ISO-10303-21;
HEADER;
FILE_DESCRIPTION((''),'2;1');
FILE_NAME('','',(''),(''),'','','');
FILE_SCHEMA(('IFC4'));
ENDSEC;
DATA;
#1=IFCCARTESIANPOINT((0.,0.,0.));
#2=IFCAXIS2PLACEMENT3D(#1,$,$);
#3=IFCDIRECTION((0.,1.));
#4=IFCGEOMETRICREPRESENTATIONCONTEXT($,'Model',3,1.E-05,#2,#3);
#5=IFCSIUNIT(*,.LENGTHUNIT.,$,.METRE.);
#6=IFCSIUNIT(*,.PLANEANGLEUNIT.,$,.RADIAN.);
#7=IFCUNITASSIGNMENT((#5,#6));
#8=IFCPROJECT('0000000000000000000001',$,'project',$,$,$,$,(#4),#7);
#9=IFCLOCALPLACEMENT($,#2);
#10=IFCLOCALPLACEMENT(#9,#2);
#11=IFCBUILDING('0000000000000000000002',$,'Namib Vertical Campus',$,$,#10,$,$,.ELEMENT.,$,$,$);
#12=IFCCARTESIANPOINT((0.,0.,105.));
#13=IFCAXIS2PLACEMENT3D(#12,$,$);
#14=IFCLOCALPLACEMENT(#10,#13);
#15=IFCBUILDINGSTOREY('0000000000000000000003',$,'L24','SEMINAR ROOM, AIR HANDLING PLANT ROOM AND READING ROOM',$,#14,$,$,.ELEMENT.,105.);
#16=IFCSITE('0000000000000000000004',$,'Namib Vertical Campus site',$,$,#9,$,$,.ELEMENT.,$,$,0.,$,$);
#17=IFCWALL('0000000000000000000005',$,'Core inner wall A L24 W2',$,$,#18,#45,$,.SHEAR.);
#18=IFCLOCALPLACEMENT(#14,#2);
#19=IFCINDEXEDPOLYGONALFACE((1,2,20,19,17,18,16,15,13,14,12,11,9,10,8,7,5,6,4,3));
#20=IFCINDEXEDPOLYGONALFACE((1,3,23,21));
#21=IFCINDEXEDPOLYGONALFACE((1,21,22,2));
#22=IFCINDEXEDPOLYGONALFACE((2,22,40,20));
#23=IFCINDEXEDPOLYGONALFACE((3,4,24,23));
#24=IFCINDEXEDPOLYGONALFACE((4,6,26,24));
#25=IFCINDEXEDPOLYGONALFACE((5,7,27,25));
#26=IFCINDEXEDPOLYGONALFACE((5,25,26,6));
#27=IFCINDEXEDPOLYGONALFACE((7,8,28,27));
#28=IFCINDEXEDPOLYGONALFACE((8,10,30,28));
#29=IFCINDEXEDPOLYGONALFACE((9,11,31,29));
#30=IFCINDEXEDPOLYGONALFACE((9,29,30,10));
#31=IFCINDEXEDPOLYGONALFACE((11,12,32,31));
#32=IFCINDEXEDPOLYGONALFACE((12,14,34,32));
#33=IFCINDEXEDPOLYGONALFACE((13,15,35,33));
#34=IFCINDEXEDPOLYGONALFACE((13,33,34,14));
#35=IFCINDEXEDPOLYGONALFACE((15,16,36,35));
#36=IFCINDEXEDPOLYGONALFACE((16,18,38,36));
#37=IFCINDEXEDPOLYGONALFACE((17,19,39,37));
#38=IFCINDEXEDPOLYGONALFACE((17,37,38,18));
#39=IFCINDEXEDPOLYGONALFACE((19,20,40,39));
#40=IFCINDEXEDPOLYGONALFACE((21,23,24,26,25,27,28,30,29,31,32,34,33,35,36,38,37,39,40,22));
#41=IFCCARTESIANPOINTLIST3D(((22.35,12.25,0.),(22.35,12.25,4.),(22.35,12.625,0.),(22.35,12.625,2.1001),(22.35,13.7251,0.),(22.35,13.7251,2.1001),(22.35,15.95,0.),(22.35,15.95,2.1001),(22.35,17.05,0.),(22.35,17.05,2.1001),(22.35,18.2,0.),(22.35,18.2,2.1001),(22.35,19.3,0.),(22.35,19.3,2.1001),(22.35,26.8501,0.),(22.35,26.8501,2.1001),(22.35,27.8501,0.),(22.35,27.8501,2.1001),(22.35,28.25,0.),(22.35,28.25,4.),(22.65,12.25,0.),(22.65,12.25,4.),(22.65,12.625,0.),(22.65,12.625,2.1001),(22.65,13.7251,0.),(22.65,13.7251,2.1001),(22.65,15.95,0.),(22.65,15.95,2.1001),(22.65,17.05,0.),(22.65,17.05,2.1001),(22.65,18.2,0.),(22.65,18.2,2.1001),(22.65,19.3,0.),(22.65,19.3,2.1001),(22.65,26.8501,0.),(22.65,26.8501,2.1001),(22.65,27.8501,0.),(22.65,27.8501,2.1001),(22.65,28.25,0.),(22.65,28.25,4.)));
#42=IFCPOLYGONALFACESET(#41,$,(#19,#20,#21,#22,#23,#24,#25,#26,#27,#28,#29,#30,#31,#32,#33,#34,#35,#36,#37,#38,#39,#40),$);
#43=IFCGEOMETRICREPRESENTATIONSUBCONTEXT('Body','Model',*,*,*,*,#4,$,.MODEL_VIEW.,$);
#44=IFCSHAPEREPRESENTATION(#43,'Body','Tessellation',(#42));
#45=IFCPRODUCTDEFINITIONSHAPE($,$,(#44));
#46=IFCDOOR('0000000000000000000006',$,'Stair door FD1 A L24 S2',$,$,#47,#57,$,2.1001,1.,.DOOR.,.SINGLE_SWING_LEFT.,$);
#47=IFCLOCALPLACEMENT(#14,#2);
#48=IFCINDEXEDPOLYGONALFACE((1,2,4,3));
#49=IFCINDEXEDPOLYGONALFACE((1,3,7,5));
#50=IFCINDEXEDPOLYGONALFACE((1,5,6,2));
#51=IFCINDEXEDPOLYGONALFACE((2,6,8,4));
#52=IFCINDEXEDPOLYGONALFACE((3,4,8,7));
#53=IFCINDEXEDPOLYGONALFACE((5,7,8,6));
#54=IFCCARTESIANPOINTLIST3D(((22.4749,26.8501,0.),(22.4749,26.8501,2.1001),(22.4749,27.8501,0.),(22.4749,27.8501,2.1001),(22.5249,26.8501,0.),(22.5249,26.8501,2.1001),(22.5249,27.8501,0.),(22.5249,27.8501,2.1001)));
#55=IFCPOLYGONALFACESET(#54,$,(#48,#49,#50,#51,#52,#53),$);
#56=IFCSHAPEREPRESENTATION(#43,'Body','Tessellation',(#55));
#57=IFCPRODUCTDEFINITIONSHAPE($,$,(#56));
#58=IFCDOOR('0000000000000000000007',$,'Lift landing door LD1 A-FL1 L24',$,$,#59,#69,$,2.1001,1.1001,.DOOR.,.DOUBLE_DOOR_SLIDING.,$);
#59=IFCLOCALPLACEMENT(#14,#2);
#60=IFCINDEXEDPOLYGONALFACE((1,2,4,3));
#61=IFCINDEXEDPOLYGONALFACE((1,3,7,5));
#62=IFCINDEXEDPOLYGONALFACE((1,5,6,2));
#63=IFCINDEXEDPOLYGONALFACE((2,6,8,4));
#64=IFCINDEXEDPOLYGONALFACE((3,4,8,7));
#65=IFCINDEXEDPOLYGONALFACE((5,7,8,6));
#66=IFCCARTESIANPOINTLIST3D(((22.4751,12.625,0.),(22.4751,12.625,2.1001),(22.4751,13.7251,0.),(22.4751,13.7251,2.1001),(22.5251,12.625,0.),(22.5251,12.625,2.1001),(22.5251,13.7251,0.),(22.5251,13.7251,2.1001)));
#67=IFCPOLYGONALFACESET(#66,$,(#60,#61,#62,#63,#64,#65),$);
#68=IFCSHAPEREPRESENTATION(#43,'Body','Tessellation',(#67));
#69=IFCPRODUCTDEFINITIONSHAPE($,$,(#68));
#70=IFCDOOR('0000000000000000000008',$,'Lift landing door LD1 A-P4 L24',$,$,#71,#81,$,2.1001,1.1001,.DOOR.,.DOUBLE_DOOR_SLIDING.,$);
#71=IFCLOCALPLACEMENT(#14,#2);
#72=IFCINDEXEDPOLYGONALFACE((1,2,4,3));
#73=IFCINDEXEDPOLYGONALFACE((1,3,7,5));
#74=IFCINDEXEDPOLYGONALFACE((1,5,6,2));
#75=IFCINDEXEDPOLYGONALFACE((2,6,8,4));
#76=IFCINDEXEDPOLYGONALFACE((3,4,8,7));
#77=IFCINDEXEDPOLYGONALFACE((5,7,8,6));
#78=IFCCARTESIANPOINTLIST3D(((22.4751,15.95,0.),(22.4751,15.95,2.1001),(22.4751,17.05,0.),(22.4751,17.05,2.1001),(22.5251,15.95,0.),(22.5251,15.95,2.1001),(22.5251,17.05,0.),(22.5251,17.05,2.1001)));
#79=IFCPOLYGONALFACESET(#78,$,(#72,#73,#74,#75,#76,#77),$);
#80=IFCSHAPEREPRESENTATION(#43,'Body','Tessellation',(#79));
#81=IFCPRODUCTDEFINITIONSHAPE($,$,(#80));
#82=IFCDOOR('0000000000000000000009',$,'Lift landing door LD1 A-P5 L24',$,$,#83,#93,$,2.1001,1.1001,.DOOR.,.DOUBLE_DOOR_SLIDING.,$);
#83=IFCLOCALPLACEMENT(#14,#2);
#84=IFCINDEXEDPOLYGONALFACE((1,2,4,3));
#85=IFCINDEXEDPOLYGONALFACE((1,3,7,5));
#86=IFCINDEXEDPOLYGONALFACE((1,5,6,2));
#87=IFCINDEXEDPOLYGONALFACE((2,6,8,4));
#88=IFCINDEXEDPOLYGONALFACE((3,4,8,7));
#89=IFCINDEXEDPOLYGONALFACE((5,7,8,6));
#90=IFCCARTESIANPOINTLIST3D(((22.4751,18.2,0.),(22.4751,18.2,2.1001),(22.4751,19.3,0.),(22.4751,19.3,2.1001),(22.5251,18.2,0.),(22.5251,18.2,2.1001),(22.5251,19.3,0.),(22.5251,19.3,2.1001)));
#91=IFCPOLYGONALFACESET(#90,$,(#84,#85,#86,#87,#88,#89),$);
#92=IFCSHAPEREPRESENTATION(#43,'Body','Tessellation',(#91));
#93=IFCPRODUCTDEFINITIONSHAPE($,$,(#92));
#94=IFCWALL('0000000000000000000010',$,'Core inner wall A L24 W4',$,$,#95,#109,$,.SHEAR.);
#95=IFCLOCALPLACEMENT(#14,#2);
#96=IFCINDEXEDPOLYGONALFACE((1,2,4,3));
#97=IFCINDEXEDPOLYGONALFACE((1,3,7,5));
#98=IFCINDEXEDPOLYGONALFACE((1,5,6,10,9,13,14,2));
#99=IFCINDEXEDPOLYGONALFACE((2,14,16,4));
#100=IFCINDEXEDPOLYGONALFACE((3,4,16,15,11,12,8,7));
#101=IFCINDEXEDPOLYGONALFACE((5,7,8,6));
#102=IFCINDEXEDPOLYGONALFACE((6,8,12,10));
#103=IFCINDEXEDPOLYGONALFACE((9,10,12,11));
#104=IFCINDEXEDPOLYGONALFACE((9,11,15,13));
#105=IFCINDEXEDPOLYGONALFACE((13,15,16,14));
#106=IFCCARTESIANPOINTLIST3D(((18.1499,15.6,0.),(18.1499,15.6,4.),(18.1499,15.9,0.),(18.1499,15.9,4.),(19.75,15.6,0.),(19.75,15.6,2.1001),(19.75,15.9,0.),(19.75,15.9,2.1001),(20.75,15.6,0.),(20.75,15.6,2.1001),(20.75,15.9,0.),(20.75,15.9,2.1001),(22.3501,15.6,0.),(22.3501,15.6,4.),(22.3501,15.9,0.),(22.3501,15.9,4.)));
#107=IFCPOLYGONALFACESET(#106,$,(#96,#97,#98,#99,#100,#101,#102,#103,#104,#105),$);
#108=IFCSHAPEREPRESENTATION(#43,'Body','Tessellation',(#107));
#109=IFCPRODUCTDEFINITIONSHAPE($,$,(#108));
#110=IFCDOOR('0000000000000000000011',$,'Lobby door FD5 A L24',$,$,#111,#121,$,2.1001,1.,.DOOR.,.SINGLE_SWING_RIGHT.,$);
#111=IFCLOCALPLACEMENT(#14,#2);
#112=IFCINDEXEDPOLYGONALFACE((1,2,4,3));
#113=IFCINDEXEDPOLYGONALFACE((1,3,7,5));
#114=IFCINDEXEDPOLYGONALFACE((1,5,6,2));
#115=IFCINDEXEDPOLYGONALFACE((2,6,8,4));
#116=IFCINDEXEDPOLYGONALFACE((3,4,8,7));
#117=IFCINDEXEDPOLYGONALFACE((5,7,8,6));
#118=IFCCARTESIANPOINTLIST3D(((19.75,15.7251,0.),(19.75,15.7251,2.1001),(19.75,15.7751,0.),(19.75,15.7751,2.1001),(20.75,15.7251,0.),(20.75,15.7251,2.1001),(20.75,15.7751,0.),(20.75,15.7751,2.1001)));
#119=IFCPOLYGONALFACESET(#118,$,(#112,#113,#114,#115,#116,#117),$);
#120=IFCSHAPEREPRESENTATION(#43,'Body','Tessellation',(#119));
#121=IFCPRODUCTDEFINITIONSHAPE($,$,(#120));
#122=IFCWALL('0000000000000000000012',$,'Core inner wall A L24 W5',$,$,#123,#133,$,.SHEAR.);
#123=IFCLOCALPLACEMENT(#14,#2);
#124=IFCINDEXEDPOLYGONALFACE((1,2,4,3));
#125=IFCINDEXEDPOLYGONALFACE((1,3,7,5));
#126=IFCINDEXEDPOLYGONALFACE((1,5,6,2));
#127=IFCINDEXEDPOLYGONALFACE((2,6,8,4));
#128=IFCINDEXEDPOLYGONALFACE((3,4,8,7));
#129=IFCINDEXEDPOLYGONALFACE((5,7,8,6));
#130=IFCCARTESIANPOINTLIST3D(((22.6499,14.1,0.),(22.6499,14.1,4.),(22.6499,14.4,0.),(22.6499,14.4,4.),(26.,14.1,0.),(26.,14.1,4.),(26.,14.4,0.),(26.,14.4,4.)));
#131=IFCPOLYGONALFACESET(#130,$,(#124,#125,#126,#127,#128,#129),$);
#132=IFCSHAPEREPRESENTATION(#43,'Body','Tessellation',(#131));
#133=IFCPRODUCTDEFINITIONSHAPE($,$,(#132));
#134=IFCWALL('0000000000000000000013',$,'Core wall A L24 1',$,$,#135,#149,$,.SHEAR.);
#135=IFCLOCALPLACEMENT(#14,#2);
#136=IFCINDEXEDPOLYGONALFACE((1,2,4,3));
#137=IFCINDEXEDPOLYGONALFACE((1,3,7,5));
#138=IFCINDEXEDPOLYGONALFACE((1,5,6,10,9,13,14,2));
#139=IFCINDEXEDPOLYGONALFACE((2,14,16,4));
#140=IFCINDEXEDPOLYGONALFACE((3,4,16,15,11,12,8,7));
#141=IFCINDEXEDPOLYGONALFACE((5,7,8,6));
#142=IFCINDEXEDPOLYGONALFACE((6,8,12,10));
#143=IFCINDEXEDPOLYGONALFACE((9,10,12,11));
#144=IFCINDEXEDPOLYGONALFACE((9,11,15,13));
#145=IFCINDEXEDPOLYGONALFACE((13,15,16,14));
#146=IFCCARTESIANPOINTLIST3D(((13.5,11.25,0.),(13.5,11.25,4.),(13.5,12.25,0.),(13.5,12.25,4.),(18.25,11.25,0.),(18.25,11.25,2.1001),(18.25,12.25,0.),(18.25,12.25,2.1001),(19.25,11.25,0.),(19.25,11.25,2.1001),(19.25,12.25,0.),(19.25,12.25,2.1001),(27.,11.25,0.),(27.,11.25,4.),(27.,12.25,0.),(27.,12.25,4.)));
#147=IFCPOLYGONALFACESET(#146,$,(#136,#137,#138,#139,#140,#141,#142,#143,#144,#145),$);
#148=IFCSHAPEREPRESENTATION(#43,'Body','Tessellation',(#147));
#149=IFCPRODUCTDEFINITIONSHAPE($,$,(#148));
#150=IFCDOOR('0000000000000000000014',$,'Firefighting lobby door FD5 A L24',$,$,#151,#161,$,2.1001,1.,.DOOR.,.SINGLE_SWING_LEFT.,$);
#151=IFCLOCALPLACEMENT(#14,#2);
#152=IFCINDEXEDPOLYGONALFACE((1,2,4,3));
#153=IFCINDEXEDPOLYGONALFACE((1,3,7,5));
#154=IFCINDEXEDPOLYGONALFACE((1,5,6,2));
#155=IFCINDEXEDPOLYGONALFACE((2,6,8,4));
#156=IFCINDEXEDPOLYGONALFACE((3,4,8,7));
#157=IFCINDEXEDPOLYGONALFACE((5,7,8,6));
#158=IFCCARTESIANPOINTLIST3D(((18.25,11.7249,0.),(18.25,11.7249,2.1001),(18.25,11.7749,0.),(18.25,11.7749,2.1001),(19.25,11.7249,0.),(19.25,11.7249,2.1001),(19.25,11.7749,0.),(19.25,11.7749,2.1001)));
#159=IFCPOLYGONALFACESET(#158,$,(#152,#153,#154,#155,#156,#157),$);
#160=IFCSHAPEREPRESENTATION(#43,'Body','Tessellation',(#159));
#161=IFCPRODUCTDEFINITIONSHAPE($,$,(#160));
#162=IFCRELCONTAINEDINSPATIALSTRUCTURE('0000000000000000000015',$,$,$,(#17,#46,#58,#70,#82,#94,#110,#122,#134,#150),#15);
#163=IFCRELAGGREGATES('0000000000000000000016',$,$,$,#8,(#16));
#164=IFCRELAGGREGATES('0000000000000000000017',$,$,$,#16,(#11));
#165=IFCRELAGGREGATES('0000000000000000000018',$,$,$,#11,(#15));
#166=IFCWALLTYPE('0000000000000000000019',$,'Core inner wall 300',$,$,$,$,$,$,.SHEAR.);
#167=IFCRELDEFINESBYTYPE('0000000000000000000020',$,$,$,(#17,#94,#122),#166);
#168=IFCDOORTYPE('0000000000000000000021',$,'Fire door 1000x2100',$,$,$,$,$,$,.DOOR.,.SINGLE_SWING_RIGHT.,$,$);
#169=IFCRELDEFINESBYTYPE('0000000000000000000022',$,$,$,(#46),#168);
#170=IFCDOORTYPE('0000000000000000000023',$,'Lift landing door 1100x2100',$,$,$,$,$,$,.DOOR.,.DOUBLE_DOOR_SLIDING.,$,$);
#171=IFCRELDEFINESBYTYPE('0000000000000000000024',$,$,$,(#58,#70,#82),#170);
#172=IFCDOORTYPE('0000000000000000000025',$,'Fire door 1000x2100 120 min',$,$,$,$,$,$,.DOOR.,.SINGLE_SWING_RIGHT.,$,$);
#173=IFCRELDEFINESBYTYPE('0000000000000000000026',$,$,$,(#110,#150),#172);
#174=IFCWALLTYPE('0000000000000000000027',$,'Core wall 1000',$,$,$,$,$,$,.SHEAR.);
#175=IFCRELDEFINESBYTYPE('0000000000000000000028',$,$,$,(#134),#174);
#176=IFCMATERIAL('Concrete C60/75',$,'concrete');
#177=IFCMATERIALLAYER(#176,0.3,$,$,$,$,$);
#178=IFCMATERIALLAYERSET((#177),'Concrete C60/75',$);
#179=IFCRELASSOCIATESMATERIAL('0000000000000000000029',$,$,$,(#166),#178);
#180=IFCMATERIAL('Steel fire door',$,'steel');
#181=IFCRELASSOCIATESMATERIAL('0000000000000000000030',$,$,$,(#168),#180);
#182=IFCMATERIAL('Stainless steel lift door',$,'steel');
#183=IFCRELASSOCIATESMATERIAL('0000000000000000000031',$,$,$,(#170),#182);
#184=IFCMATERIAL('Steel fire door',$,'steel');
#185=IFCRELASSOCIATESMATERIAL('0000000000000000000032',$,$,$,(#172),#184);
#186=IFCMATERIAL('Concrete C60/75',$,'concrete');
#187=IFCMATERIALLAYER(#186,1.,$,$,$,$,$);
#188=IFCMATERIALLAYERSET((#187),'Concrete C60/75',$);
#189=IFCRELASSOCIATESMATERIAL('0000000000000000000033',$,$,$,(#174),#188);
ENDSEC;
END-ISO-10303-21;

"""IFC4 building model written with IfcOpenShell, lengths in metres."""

from ifc_helpers import new_model, si_unit, direction, frame, frame_2d, origin, place, context, subcontext, project, spatial, rectangle, extrude, material, layer, layer_set, type_object, element, fill, save


model = new_model("IFC4")

# Units and contexts
model_context = context("Model", 3, precision=1e-05, world=origin(), true_north=direction((0.0, 1.0)))
body_context = subcontext(model_context, "Body", "Model", "MODEL_VIEW")
ifc_project = project(units=[si_unit("LENGTHUNIT", "METRE"), si_unit("PLANEANGLEUNIT", "RADIAN")], contexts=[model_context])

# Site, building, storey
site_placement = place(None, origin())
site = spatial("IfcSite", under=ifc_project, at=site_placement, Name="Namib Vertical Campus site", CompositionType="ELEMENT", RefElevation=0.0)
building_placement = place(site_placement, origin())
building = spatial("IfcBuilding", under=site, at=building_placement, Name="Namib Vertical Campus", CompositionType="ELEMENT")
storey_placement = place(building_placement, frame((0.0, 0.0, 105.0)))
storey = spatial("IfcBuildingStorey", under=building, at=storey_placement, Name="L24", Description="SEMINAR ROOM, AIR HANDLING PLANT ROOM AND READING ROOM", CompositionType="ELEMENT", Elevation=105.0)

# Wall, openings, doors
ifc_material_1 = material(Name="Concrete C60/75", Category="concrete")
ifc_layer_1 = layer(ifc_material_1, 0.3)
ifc_layer_set_1 = layer_set([ifc_layer_1], Name="Concrete C60/75")
wall_type_1 = type_object("IfcWallType", Name="Core inner wall 300", PredefinedType="SHEAR", material=ifc_layer_set_1)
ifc_material_2 = material(Name="Steel fire door", Category="steel")
door_type_1 = type_object("IfcDoorType", Name="Fire door 1000x2100", OperationType="SINGLE_SWING_RIGHT", PredefinedType="DOOR", material=ifc_material_2)
ifc_material_3 = material(Name="Stainless steel lift door", Category="steel")
door_type_2 = type_object("IfcDoorType", Name="Lift landing door 1100x2100", OperationType="DOUBLE_DOOR_SLIDING", PredefinedType="DOOR", material=ifc_material_3)
wall_1_placement = place(storey_placement, frame((22.5, 12.25, 0.0), z_axis=(0.0, 0.0, 1.0), x_axis=(0.0, 1.0, 0.0)))
wall_1 = element("IfcWall", 1, at=wall_1_placement, inside=storey, type_object=wall_type_1, Name="Core inner wall A L24 W2", PredefinedType="SHEAR", context=body_context, shape_type="SweptSolid", body=[
    extrude(rectangle(XDim=16.0, YDim=0.3, at=frame_2d((8.0, 0.0))), origin(), (0.0, 0.0, 1.0), 4.0),
])
opening_1_placement = place(wall_1_placement, frame((14.6001, 0.0, 0.0)))
opening_1 = element("IfcOpeningElement", 2, at=opening_1_placement, cuts=wall_1, PredefinedType="OPENING", context=body_context, shape_type="SweptSolid", body=[
    extrude(rectangle(XDim=1.0, YDim=2.1001, at=frame_2d((0.5, 1.05))), frame((0.0, 0.1599, 0.0), z_axis=(0.0, -1.0, 0.0), x_axis=(1.0, 0.0, 0.0)), (0.0, 0.0, 1.0), 0.3201),
])
opening_2_placement = place(wall_1_placement, frame((0.375, 0.0, 0.0)))
opening_2 = element("IfcOpeningElement", 3, at=opening_2_placement, cuts=wall_1, PredefinedType="OPENING", context=body_context, shape_type="SweptSolid", body=[
    extrude(rectangle(XDim=1.1001, YDim=2.1001, at=frame_2d((0.55, 1.05))), frame((0.0, 0.1599, 0.0), z_axis=(0.0, -1.0, 0.0), x_axis=(1.0, 0.0, 0.0)), (0.0, 0.0, 1.0), 0.3201),
])
opening_3_placement = place(wall_1_placement, frame((3.7, 0.0, 0.0)))
opening_3 = element("IfcOpeningElement", 4, at=opening_3_placement, cuts=wall_1, PredefinedType="OPENING", context=body_context, shape_type="SweptSolid", body=[
    extrude(rectangle(XDim=1.1001, YDim=2.1001, at=frame_2d((0.55, 1.05))), frame((0.0, 0.1599, 0.0), z_axis=(0.0, -1.0, 0.0), x_axis=(1.0, 0.0, 0.0)), (0.0, 0.0, 1.0), 0.3201),
])
opening_4_placement = place(wall_1_placement, frame((5.95, 0.0, 0.0)))
opening_4 = element("IfcOpeningElement", 5, at=opening_4_placement, cuts=wall_1, PredefinedType="OPENING", context=body_context, shape_type="SweptSolid", body=[
    extrude(rectangle(XDim=1.1001, YDim=2.1001, at=frame_2d((0.55, 1.05))), frame((0.0, 0.1599, 0.0), z_axis=(0.0, -1.0, 0.0), x_axis=(1.0, 0.0, 0.0)), (0.0, 0.0, 1.0), 0.3201),
])
door_1_placement = place(opening_1_placement, frame((1.0, 0.0, 0.0), z_axis=(0.0, 0.0, 1.0), x_axis=(-1.0, 0.0, 0.0)))
door_1 = element("IfcDoor", 6, at=door_1_placement, inside=storey, type_object=door_type_1, Name="Stair door FD1 A L24 S2", OperationType="SINGLE_SWING_LEFT", OverallHeight=2.1001, OverallWidth=1.0, PredefinedType="DOOR", context=body_context, shape_type="SweptSolid", body=[
    extrude(rectangle(XDim=1.0, YDim=2.1001, at=frame_2d((0.5, 1.05))), frame((0.0, 0.0249, 0.0), z_axis=(0.0, -1.0, 0.0), x_axis=(1.0, 0.0, 0.0)), (0.0, 0.0, 1.0), 0.05),
])
fill(opening_1, door_1)
door_2_placement = place(opening_2_placement, origin())
door_2 = element("IfcDoor", 7, at=door_2_placement, inside=storey, type_object=door_type_2, Name="Lift landing door LD1 A-FL1 L24", OperationType="DOUBLE_DOOR_SLIDING", OverallHeight=2.1001, OverallWidth=1.1001, PredefinedType="DOOR", context=body_context, shape_type="SweptSolid", body=[
    extrude(rectangle(XDim=1.1001, YDim=2.1001, at=frame_2d((0.55, 1.05))), frame((0.0, 0.0249, 0.0), z_axis=(0.0, -1.0, 0.0), x_axis=(1.0, 0.0, 0.0)), (0.0, 0.0, 1.0), 0.05),
])
fill(opening_2, door_2)
door_3_placement = place(opening_3_placement, origin())
door_3 = element("IfcDoor", 8, at=door_3_placement, inside=storey, type_object=door_type_2, Name="Lift landing door LD1 A-P4 L24", OperationType="DOUBLE_DOOR_SLIDING", OverallHeight=2.1001, OverallWidth=1.1001, PredefinedType="DOOR", context=body_context, shape_type="SweptSolid", body=[
    extrude(rectangle(XDim=1.1001, YDim=2.1001, at=frame_2d((0.55, 1.05))), frame((0.0, 0.0249, 0.0), z_axis=(0.0, -1.0, 0.0), x_axis=(1.0, 0.0, 0.0)), (0.0, 0.0, 1.0), 0.05),
])
fill(opening_3, door_3)
door_4_placement = place(opening_4_placement, origin())
door_4 = element("IfcDoor", 9, at=door_4_placement, inside=storey, type_object=door_type_2, Name="Lift landing door LD1 A-P5 L24", OperationType="DOUBLE_DOOR_SLIDING", OverallHeight=2.1001, OverallWidth=1.1001, PredefinedType="DOOR", context=body_context, shape_type="SweptSolid", body=[
    extrude(rectangle(XDim=1.1001, YDim=2.1001, at=frame_2d((0.55, 1.05))), frame((0.0, 0.0249, 0.0), z_axis=(0.0, -1.0, 0.0), x_axis=(1.0, 0.0, 0.0)), (0.0, 0.0, 1.0), 0.05),
])
fill(opening_4, door_4)

# Wall, opening, door
wall_2_placement = place(storey_placement, frame((18.1499, 15.75, 0.0), z_axis=(0.0, 0.0, 1.0), x_axis=(1.0, 0.0, 0.0)))
wall_2 = element("IfcWall", 10, at=wall_2_placement, inside=storey, type_object=wall_type_1, Name="Core inner wall A L24 W4", PredefinedType="SHEAR", context=body_context, shape_type="SweptSolid", body=[
    extrude(rectangle(XDim=4.2002, YDim=0.3, at=frame_2d((2.1001, 0.0))), origin(), (0.0, 0.0, 1.0), 4.0),
])
opening_5_placement = place(wall_2_placement, frame((1.6001, 0.0, 0.0)))
opening_5 = element("IfcOpeningElement", 11, at=opening_5_placement, cuts=wall_2, PredefinedType="OPENING", context=body_context, shape_type="SweptSolid", body=[
    extrude(rectangle(XDim=1.0, YDim=2.1001, at=frame_2d((0.5, 1.05))), frame((0.0, 0.1599, 0.0), z_axis=(0.0, -1.0, 0.0), x_axis=(1.0, 0.0, 0.0)), (0.0, 0.0, 1.0), 0.3201),
])
ifc_material_4 = material(Name="Steel fire door", Category="steel")
door_type_3 = type_object("IfcDoorType", Name="Fire door 1000x2100 120 min", OperationType="SINGLE_SWING_RIGHT", PredefinedType="DOOR", material=ifc_material_4)
door_5_placement = place(opening_5_placement, frame((1.0, 0.0, 0.0), z_axis=(0.0, 0.0, 1.0), x_axis=(-1.0, 0.0, 0.0)))
door_5 = element("IfcDoor", 12, at=door_5_placement, inside=storey, type_object=door_type_3, Name="Lobby door FD5 A L24", OperationType="SINGLE_SWING_RIGHT", OverallHeight=2.1001, OverallWidth=1.0, PredefinedType="DOOR", context=body_context, shape_type="SweptSolid", body=[
    extrude(rectangle(XDim=1.0, YDim=2.1001, at=frame_2d((0.5, 1.05))), frame((0.0, 0.0249, 0.0), z_axis=(0.0, -1.0, 0.0), x_axis=(1.0, 0.0, 0.0)), (0.0, 0.0, 1.0), 0.05),
])
fill(opening_5, door_5)

# Wall
wall_3_placement = place(storey_placement, frame((22.6499, 14.25, 0.0), z_axis=(0.0, 0.0, 1.0), x_axis=(1.0, 0.0, 0.0)))
element("IfcWall", 13, at=wall_3_placement, inside=storey, type_object=wall_type_1, Name="Core inner wall A L24 W5", PredefinedType="SHEAR", context=body_context, shape_type="SweptSolid", body=[
    extrude(rectangle(XDim=3.3501, YDim=0.3, at=frame_2d((1.675, 0.0))), origin(), (0.0, 0.0, 1.0), 4.0),
])

# Wall, opening, door
ifc_material_5 = material(Name="Concrete C60/75", Category="concrete")
ifc_layer_2 = layer(ifc_material_5, 1.0)
ifc_layer_set_2 = layer_set([ifc_layer_2], Name="Concrete C60/75")
wall_type_2 = type_object("IfcWallType", Name="Core wall 1000", PredefinedType="SHEAR", material=ifc_layer_set_2)
wall_4_placement = place(storey_placement, frame((13.5, 11.75, 0.0), z_axis=(0.0, 0.0, 1.0), x_axis=(1.0, 0.0, 0.0)))
wall_4 = element("IfcWall", 14, at=wall_4_placement, inside=storey, type_object=wall_type_2, Name="Core wall A L24 1", PredefinedType="SHEAR", context=body_context, shape_type="SweptSolid", body=[
    extrude(rectangle(XDim=13.5, YDim=1.0, at=frame_2d((6.75, 0.0))), origin(), (0.0, 0.0, 1.0), 4.0),
])
opening_6_placement = place(wall_4_placement, frame((4.75, 0.0, 0.0)))
opening_6 = element("IfcOpeningElement", 15, at=opening_6_placement, cuts=wall_4, PredefinedType="OPENING", context=body_context, shape_type="SweptSolid", body=[
    extrude(rectangle(XDim=1.0, YDim=2.1001, at=frame_2d((0.5, 1.05))), frame((0.0, 0.51, 0.0), z_axis=(0.0, -1.0, 0.0), x_axis=(1.0, 0.0, 0.0)), (0.0, 0.0, 1.0), 1.02),
])
door_6_placement = place(opening_6_placement, origin())
door_6 = element("IfcDoor", 16, at=door_6_placement, inside=storey, type_object=door_type_3, Name="Firefighting lobby door FD5 A L24", OperationType="SINGLE_SWING_LEFT", OverallHeight=2.1001, OverallWidth=1.0, PredefinedType="DOOR", context=body_context, shape_type="SweptSolid", body=[
    extrude(rectangle(XDim=1.0, YDim=2.1001, at=frame_2d((0.5, 1.05))), frame((0.0, 0.0249, 0.0), z_axis=(0.0, -1.0, 0.0), x_axis=(1.0, 0.0, 0.0)), (0.0, 0.0, 1.0), 0.05),
])
fill(opening_6, door_6)

save(model, "model.ifc")
